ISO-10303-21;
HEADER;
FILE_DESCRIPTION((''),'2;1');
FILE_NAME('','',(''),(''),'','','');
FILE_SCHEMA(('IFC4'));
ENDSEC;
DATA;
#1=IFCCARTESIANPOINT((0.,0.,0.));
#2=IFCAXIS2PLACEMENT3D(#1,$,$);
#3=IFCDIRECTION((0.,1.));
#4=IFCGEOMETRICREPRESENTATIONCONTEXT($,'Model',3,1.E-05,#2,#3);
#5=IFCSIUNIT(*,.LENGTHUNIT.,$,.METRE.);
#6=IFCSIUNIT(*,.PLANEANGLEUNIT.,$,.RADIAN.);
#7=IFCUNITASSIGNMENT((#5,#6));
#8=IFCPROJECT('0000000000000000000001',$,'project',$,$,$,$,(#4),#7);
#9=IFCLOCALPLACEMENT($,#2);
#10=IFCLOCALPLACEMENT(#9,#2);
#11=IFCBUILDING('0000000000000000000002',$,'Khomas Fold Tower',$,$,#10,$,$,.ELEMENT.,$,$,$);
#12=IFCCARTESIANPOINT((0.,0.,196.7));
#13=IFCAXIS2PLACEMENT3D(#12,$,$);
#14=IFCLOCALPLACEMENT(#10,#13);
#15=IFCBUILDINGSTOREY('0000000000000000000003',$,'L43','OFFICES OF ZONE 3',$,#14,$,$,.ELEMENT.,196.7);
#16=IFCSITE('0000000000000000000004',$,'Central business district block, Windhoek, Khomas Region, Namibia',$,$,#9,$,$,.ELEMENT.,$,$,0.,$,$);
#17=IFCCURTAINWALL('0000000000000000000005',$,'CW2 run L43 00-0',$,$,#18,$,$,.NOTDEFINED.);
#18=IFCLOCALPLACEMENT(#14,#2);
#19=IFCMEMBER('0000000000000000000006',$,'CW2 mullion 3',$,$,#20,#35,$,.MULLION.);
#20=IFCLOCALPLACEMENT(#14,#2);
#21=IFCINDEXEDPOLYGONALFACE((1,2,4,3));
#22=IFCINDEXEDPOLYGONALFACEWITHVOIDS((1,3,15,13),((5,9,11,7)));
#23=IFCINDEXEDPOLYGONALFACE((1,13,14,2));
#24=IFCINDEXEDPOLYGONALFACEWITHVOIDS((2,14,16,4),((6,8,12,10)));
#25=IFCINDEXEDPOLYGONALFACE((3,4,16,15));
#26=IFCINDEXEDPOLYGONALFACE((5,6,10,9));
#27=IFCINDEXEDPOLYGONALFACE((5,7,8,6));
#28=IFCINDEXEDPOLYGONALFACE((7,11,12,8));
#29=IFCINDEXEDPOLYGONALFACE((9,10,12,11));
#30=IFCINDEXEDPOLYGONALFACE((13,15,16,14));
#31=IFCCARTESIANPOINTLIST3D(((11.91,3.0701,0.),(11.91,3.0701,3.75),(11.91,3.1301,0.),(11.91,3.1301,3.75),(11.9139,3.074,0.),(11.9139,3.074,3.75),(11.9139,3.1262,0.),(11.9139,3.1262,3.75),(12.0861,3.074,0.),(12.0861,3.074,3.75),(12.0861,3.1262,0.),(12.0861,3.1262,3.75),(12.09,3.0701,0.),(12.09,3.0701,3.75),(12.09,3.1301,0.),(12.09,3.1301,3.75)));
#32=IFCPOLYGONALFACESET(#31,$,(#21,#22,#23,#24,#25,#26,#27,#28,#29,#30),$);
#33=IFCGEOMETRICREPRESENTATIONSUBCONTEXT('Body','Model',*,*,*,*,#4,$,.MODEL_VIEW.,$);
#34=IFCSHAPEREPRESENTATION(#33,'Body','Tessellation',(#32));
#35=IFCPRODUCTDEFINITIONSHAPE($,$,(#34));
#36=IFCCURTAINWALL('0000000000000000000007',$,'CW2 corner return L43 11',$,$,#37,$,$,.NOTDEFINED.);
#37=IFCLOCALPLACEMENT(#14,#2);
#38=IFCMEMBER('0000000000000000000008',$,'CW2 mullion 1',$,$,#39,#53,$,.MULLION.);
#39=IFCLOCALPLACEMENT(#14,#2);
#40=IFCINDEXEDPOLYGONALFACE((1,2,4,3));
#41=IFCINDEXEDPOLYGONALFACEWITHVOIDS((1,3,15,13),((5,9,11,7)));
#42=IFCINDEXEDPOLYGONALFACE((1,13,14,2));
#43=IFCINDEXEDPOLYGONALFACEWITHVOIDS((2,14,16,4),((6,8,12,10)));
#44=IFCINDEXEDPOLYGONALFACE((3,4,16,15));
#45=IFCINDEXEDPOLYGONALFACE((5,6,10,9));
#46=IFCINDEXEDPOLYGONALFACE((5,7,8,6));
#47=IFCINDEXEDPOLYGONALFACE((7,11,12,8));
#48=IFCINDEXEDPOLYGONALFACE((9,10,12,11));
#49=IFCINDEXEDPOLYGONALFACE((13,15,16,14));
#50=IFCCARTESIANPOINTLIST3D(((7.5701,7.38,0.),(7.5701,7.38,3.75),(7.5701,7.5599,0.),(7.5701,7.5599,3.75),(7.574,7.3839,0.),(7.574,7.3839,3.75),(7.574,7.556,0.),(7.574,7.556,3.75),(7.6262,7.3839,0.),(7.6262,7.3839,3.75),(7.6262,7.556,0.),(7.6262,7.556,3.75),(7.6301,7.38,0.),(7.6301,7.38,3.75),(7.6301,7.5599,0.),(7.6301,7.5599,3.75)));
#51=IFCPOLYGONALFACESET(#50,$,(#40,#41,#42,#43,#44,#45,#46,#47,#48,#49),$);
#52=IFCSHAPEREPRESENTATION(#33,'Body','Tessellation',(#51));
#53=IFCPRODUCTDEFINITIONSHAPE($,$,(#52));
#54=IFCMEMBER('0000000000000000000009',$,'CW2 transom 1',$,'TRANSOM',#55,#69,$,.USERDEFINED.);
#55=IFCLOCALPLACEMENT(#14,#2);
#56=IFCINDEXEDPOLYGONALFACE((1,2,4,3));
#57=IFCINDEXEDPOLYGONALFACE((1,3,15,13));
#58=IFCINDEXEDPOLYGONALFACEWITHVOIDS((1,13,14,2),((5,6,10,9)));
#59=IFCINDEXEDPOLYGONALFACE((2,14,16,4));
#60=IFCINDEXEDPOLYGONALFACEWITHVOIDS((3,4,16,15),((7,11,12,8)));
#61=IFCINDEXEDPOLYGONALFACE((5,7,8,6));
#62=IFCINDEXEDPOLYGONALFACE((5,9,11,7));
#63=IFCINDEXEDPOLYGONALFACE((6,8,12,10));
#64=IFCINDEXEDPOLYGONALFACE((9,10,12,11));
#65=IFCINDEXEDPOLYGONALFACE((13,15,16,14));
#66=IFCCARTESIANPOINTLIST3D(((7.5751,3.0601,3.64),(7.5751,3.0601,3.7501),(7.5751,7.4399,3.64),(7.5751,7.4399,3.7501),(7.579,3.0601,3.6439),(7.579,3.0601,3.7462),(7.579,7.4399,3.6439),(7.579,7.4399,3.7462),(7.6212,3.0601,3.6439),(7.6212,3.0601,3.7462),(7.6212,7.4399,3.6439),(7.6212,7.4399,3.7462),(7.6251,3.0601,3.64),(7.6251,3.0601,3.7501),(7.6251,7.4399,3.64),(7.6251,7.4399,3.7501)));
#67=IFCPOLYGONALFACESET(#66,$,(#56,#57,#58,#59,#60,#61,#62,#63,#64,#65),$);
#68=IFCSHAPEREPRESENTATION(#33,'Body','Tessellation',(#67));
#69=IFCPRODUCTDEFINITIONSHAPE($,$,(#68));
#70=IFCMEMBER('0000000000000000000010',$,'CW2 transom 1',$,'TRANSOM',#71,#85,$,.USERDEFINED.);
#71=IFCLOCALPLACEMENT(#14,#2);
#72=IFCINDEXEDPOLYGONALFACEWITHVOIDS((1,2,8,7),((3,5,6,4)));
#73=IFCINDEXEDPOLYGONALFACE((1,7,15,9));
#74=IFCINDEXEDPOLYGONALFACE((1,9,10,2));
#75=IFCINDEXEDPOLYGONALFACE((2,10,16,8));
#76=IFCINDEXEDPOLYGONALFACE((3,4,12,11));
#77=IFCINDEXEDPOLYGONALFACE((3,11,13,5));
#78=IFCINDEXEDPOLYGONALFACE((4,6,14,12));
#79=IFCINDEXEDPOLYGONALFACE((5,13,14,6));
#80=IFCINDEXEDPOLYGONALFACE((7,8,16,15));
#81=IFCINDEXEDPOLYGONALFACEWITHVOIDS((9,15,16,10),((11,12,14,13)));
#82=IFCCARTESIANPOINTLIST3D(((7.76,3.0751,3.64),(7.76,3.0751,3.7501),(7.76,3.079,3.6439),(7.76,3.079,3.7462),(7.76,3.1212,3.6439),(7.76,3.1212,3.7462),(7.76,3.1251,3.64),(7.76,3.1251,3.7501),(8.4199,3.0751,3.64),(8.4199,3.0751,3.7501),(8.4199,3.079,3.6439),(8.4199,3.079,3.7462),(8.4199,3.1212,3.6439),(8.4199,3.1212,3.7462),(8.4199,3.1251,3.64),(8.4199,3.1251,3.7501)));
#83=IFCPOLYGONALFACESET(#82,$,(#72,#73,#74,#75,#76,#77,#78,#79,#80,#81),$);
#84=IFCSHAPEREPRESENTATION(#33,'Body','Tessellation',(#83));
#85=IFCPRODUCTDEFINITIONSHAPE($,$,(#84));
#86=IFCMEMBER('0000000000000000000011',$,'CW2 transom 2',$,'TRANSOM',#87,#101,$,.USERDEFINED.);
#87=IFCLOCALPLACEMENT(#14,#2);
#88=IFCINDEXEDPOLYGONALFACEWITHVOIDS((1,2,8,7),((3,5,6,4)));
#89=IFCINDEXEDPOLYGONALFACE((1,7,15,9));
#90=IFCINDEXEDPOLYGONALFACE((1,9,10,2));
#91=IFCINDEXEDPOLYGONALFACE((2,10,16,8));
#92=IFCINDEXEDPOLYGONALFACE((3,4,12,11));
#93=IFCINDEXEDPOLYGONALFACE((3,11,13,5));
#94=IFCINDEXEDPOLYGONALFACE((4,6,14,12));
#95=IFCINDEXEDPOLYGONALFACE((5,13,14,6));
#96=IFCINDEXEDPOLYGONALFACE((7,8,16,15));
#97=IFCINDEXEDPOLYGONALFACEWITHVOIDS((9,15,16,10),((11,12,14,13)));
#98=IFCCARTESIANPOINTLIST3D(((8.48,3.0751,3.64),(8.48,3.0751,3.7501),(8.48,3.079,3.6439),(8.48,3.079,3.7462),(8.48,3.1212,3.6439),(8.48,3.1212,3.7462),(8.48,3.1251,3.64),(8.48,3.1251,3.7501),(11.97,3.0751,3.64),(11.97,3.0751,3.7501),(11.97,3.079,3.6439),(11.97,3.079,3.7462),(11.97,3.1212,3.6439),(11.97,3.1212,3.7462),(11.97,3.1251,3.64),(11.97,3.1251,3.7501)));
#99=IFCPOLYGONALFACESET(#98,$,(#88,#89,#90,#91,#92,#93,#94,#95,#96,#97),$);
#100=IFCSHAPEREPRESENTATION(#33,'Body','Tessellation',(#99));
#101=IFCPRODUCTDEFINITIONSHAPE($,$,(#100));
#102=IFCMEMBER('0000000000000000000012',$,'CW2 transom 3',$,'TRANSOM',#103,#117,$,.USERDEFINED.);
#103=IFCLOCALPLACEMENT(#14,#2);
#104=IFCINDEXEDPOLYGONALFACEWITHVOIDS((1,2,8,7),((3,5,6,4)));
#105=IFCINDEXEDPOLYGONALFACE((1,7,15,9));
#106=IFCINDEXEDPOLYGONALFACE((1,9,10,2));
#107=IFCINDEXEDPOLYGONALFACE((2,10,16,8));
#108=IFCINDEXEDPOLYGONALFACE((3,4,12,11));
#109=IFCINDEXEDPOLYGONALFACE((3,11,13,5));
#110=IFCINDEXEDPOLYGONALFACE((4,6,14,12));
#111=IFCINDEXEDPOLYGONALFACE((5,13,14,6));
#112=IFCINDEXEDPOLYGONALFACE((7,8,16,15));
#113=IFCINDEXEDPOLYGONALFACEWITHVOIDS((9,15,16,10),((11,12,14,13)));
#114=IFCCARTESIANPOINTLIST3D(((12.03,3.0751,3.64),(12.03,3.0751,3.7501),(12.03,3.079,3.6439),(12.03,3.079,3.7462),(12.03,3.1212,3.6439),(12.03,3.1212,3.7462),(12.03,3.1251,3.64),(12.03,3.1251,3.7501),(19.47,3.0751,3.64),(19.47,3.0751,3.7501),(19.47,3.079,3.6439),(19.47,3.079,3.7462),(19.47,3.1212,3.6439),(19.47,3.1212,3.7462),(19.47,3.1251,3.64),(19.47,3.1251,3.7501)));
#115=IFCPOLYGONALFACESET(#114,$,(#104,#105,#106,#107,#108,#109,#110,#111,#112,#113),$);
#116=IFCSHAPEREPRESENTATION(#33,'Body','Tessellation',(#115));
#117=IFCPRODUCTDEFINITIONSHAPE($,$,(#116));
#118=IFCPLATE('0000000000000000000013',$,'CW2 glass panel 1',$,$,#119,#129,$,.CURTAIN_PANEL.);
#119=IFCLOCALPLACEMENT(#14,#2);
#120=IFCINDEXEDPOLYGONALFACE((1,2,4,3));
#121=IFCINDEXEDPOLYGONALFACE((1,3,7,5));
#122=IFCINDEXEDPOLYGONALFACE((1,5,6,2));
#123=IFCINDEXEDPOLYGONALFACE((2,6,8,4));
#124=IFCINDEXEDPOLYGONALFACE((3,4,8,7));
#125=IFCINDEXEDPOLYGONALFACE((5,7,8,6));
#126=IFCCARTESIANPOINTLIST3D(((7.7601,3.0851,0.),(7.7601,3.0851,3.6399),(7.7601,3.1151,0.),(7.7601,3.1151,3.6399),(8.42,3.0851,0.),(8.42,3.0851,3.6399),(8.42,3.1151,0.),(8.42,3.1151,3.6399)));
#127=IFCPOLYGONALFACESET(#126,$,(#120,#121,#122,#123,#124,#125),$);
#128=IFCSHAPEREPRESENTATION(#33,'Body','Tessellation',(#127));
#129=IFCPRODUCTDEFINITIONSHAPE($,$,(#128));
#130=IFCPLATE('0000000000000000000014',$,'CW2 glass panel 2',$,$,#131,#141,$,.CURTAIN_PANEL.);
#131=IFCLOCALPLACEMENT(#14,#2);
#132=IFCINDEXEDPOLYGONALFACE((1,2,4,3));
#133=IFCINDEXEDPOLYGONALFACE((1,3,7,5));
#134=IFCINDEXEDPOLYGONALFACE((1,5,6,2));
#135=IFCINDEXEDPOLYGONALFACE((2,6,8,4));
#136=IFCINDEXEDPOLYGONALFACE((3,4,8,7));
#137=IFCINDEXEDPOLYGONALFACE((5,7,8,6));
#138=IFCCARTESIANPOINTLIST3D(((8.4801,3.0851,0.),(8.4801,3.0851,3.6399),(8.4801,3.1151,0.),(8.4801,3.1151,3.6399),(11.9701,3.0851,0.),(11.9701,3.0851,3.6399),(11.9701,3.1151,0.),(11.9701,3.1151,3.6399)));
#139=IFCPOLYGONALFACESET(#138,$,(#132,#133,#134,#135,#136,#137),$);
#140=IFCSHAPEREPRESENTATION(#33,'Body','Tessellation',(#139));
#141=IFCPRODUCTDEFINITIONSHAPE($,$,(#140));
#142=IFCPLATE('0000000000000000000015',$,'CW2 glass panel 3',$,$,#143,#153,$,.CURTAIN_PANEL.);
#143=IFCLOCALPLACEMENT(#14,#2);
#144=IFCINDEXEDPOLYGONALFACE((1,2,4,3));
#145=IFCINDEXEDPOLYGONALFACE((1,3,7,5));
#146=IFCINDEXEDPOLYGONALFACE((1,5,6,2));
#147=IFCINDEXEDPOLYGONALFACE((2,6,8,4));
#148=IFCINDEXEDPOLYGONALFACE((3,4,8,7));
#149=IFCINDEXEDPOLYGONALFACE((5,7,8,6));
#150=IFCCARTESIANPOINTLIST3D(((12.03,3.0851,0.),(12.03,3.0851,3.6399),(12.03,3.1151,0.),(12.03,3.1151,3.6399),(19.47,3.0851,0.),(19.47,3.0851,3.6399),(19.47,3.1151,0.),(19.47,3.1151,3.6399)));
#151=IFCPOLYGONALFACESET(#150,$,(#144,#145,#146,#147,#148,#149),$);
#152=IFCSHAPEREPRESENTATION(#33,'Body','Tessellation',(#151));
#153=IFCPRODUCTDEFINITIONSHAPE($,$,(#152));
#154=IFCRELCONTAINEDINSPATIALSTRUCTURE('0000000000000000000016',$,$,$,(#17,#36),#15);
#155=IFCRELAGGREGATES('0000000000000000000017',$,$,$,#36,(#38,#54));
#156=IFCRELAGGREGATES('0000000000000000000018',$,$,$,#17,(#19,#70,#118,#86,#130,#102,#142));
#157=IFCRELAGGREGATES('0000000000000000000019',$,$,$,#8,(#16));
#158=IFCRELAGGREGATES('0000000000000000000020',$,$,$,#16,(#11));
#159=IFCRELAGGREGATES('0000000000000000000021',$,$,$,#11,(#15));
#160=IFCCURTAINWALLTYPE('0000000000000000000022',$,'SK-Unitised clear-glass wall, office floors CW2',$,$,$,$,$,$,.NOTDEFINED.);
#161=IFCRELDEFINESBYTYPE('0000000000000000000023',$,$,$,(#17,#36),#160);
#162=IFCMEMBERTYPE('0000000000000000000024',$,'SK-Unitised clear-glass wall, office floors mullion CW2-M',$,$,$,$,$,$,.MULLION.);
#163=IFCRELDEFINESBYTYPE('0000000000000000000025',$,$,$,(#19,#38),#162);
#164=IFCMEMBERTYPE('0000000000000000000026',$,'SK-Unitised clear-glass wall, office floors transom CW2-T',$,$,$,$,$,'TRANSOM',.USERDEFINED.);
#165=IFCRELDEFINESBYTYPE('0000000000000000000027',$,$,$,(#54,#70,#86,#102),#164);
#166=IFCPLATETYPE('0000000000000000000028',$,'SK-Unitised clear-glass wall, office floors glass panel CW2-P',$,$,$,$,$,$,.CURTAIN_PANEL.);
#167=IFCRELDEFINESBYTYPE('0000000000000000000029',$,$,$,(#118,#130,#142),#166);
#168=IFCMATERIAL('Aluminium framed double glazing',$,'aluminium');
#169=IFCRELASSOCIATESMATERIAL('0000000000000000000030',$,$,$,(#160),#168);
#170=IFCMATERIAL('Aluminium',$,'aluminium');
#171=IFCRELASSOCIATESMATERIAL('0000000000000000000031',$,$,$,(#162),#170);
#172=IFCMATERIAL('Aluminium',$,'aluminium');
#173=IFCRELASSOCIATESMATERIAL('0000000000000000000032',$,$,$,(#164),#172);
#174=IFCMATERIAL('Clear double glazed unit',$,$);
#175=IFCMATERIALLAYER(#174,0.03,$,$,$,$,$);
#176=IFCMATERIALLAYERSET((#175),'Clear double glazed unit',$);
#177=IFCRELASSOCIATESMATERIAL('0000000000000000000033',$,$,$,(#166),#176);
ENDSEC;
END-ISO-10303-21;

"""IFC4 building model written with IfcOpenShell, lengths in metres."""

from ifc_helpers import new_model, si_unit, direction, frame, origin, origin_2d, place, context, subcontext, project, spatial, rectangle, hollow_rectangle, extrude, source, transform, mapped, material, layer, layer_set, material_profile, profile_set, type_object, element, aggregate, save


model = new_model("IFC4")

# Units and contexts
model_context = context("Model", 3, precision=1e-05, world=origin(), true_north=direction((0.0, 1.0)))
body_context = subcontext(model_context, "Body", "Model", "MODEL_VIEW")
ifc_project = project(units=[si_unit("LENGTHUNIT", "METRE"), si_unit("PLANEANGLEUNIT", "RADIAN")], contexts=[model_context])

# Site, building, storey
site_placement = place(None, origin())
site = spatial("IfcSite", under=ifc_project, at=site_placement, Name="Central business district block, Windhoek, Khomas Region, Namibia", CompositionType="ELEMENT", RefElevation=0.0)
building_placement = place(site_placement, origin())
building = spatial("IfcBuilding", under=site, at=building_placement, Name="Khomas Fold Tower", CompositionType="ELEMENT")
storey_placement = place(building_placement, frame((0.0, 0.0, 196.7)))
storey = spatial("IfcBuildingStorey", under=building, at=storey_placement, Name="L43", Description="OFFICES OF ZONE 3", CompositionType="ELEMENT", Elevation=196.7)

# Curtain walls, members
ifc_material_1 = material(Name="Aluminium framed double glazing", Category="aluminium")
curtain_wall_type = type_object("IfcCurtainWallType", Name="SK-Unitised clear-glass wall, office floors CW2", PredefinedType="NOTDEFINED", material=ifc_material_1)
curtain_wall_1_placement = place(storey_placement, origin())
curtain_wall_1 = element("IfcCurtainWall", 1, at=curtain_wall_1_placement, inside=storey, type_object=curtain_wall_type, Name="CW2 run L43 00-0", PredefinedType="NOTDEFINED")
ifc_material_2 = material(Name="Aluminium", Category="aluminium")
ifc_material_profile_1 = material_profile(ifc_material_2, hollow_rectangle(XDim=0.0601, YDim=0.1799, WallThickness=0.0039, at=origin_2d()), Name="SK-Unitised clear-glass wall, office floors mullion CW2-M")
ifc_profile_set_1 = profile_set([ifc_material_profile_1], Name="Aluminium")
member_type_1 = type_object("IfcMemberType", Name="SK-Unitised clear-glass wall, office floors mullion CW2-M", PredefinedType="MULLION", material=ifc_profile_set_1)
shared_shape_1 = source(origin(), body_context, "Body", "SweptSolid", [
    extrude(hollow_rectangle(XDim=0.0601, YDim=0.1799, WallThickness=0.0039, at=origin_2d()), origin(), (0.0, 0.0, 1.0), 3.75),
])
member_1_placement = place(storey_placement, frame((12.0, 3.1001, 0.0), z_axis=(0.0, 0.0, 1.0), x_axis=(0.0, 1.0, 0.0)))
member_1 = element("IfcMember", 2, at=member_1_placement, type_object=member_type_1, Name="CW2 mullion 3", PredefinedType="MULLION", context=body_context, shape_type="MappedRepresentation", body=[
    mapped(shared_shape_1, transform((0.0, 0.0, 0.0))),
])
curtain_wall_2_placement = place(storey_placement, origin())
curtain_wall_2 = element("IfcCurtainWall", 3, at=curtain_wall_2_placement, inside=storey, type_object=curtain_wall_type, Name="CW2 corner return L43 11", PredefinedType="NOTDEFINED")
member_2_placement = place(storey_placement, frame((7.6001, 7.47, 0.0), z_axis=(0.0, 0.0, 1.0), x_axis=(1.0, 0.0, 0.0)))
member_2 = element("IfcMember", 4, at=member_2_placement, type_object=member_type_1, Name="CW2 mullion 1", PredefinedType="MULLION", context=body_context, shape_type="MappedRepresentation", body=[
    mapped(shared_shape_1, transform((0.0, 0.0, 0.0))),
])
ifc_material_3 = material(Name="Aluminium", Category="aluminium")
ifc_material_profile_2 = material_profile(ifc_material_3, hollow_rectangle(XDim=0.05, YDim=0.1101, WallThickness=0.0039, at=origin_2d()), Name="SK-Unitised clear-glass wall, office floors transom CW2-T")
ifc_profile_set_2 = profile_set([ifc_material_profile_2], Name="Aluminium")
member_type_2 = type_object("IfcMemberType", Name="SK-Unitised clear-glass wall, office floors transom CW2-T", ElementType="TRANSOM", PredefinedType="USERDEFINED", material=ifc_profile_set_2)
shared_shape_2 = source(origin(), body_context, "Body", "SweptSolid", [
    extrude(hollow_rectangle(XDim=0.05, YDim=0.1101, WallThickness=0.0039, at=origin_2d()), origin(), (0.0, 0.0, 1.0), 4.3799),
])
member_3_placement = place(storey_placement, frame((7.6001, 7.4399, 3.6951), z_axis=(0.0, -1.0, 0.0), x_axis=(1.0, 0.0, 0.0)))
member_3 = element("IfcMember", 5, at=member_3_placement, type_object=member_type_2, Name="CW2 transom 1", ObjectType="TRANSOM", PredefinedType="USERDEFINED", context=body_context, shape_type="MappedRepresentation", body=[
    mapped(shared_shape_2, transform((0.0, 0.0, 0.0))),
])
aggregate(curtain_wall_2, [member_2, member_3])

# Members
shared_shape_3 = source(origin(), body_context, "Body", "SweptSolid", [
    extrude(hollow_rectangle(XDim=0.05, YDim=0.1101, WallThickness=0.0039, at=origin_2d()), origin(), (0.0, 0.0, 1.0), 0.6599),
])
member_4_placement = place(storey_placement, frame((7.76, 3.1001, 3.6951), z_axis=(1.0, 0.0, 0.0), x_axis=(0.0, 1.0, 0.0)))
member_4 = element("IfcMember", 6, at=member_4_placement, type_object=member_type_2, Name="CW2 transom 1", ObjectType="TRANSOM", PredefinedType="USERDEFINED", context=body_context, shape_type="MappedRepresentation", body=[
    mapped(shared_shape_3, transform((0.0, 0.0, 0.0))),
])
shared_shape_4 = source(origin(), body_context, "Body", "SweptSolid", [
    extrude(hollow_rectangle(XDim=0.05, YDim=0.1101, WallThickness=0.0039, at=origin_2d()), origin(), (0.0, 0.0, 1.0), 3.49),
])
member_5_placement = place(storey_placement, frame((8.48, 3.1001, 3.6951), z_axis=(1.0, 0.0, 0.0), x_axis=(0.0, 1.0, 0.0)))
member_5 = element("IfcMember", 7, at=member_5_placement, type_object=member_type_2, Name="CW2 transom 2", ObjectType="TRANSOM", PredefinedType="USERDEFINED", context=body_context, shape_type="MappedRepresentation", body=[
    mapped(shared_shape_4, transform((0.0, 0.0, 0.0))),
])
shared_shape_5 = source(origin(), body_context, "Body", "SweptSolid", [
    extrude(hollow_rectangle(XDim=0.05, YDim=0.1101, WallThickness=0.0039, at=origin_2d()), origin(), (0.0, 0.0, 1.0), 7.4399),
])
member_6_placement = place(storey_placement, frame((12.03, 3.1001, 3.6951), z_axis=(1.0, 0.0, 0.0), x_axis=(0.0, 1.0, 0.0)))
member_6 = element("IfcMember", 8, at=member_6_placement, type_object=member_type_2, Name="CW2 transom 3", ObjectType="TRANSOM", PredefinedType="USERDEFINED", context=body_context, shape_type="MappedRepresentation", body=[
    mapped(shared_shape_5, transform((0.0, 0.0, 0.0))),
])

# Plates
ifc_material_4 = material(Name="Clear double glazed unit")
ifc_layer_1 = layer(ifc_material_4, 0.03)
ifc_layer_set_1 = layer_set([ifc_layer_1], Name="Clear double glazed unit")
plate_type = type_object("IfcPlateType", Name="SK-Unitised clear-glass wall, office floors glass panel CW2-P", PredefinedType="CURTAIN_PANEL", material=ifc_layer_set_1)
shared_shape_6 = source(origin(), body_context, "Body", "SweptSolid", [
    extrude(rectangle(XDim=0.6599, YDim=0.03, at=origin_2d()), origin(), (0.0, 0.0, 1.0), 3.6399),
])
plate_1_placement = place(storey_placement, frame((8.0901, 3.1001, 0.0), z_axis=(0.0, 0.0, 1.0), x_axis=(1.0, 0.0, 0.0)))
plate_1 = element("IfcPlate", 9, at=plate_1_placement, type_object=plate_type, Name="CW2 glass panel 1", PredefinedType="CURTAIN_PANEL", context=body_context, shape_type="MappedRepresentation", body=[
    mapped(shared_shape_6, transform((0.0, 0.0, 0.0))),
])
shared_shape_7 = source(origin(), body_context, "Body", "SweptSolid", [
    extrude(rectangle(XDim=3.49, YDim=0.03, at=origin_2d()), origin(), (0.0, 0.0, 1.0), 3.6399),
])
plate_2_placement = place(storey_placement, frame((10.2251, 3.1001, 0.0), z_axis=(0.0, 0.0, 1.0), x_axis=(1.0, 0.0, 0.0)))
plate_2 = element("IfcPlate", 10, at=plate_2_placement, type_object=plate_type, Name="CW2 glass panel 2", PredefinedType="CURTAIN_PANEL", context=body_context, shape_type="MappedRepresentation", body=[
    mapped(shared_shape_7, transform((0.0, 0.0, 0.0))),
])
shared_shape_8 = source(origin(), body_context, "Body", "SweptSolid", [
    extrude(rectangle(XDim=7.4399, YDim=0.03, at=origin_2d()), origin(), (0.0, 0.0, 1.0), 3.6399),
])
plate_3_placement = place(storey_placement, frame((15.75, 3.1001, 0.0), z_axis=(0.0, 0.0, 1.0), x_axis=(1.0, 0.0, 0.0)))
plate_3 = element("IfcPlate", 11, at=plate_3_placement, type_object=plate_type, Name="CW2 glass panel 3", PredefinedType="CURTAIN_PANEL", context=body_context, shape_type="MappedRepresentation", body=[
    mapped(shared_shape_8, transform((0.0, 0.0, 0.0))),
])
aggregate(curtain_wall_1, [member_1, member_4, plate_1, member_5, plate_2, member_6, plate_3])

save(model, "model.ifc")
